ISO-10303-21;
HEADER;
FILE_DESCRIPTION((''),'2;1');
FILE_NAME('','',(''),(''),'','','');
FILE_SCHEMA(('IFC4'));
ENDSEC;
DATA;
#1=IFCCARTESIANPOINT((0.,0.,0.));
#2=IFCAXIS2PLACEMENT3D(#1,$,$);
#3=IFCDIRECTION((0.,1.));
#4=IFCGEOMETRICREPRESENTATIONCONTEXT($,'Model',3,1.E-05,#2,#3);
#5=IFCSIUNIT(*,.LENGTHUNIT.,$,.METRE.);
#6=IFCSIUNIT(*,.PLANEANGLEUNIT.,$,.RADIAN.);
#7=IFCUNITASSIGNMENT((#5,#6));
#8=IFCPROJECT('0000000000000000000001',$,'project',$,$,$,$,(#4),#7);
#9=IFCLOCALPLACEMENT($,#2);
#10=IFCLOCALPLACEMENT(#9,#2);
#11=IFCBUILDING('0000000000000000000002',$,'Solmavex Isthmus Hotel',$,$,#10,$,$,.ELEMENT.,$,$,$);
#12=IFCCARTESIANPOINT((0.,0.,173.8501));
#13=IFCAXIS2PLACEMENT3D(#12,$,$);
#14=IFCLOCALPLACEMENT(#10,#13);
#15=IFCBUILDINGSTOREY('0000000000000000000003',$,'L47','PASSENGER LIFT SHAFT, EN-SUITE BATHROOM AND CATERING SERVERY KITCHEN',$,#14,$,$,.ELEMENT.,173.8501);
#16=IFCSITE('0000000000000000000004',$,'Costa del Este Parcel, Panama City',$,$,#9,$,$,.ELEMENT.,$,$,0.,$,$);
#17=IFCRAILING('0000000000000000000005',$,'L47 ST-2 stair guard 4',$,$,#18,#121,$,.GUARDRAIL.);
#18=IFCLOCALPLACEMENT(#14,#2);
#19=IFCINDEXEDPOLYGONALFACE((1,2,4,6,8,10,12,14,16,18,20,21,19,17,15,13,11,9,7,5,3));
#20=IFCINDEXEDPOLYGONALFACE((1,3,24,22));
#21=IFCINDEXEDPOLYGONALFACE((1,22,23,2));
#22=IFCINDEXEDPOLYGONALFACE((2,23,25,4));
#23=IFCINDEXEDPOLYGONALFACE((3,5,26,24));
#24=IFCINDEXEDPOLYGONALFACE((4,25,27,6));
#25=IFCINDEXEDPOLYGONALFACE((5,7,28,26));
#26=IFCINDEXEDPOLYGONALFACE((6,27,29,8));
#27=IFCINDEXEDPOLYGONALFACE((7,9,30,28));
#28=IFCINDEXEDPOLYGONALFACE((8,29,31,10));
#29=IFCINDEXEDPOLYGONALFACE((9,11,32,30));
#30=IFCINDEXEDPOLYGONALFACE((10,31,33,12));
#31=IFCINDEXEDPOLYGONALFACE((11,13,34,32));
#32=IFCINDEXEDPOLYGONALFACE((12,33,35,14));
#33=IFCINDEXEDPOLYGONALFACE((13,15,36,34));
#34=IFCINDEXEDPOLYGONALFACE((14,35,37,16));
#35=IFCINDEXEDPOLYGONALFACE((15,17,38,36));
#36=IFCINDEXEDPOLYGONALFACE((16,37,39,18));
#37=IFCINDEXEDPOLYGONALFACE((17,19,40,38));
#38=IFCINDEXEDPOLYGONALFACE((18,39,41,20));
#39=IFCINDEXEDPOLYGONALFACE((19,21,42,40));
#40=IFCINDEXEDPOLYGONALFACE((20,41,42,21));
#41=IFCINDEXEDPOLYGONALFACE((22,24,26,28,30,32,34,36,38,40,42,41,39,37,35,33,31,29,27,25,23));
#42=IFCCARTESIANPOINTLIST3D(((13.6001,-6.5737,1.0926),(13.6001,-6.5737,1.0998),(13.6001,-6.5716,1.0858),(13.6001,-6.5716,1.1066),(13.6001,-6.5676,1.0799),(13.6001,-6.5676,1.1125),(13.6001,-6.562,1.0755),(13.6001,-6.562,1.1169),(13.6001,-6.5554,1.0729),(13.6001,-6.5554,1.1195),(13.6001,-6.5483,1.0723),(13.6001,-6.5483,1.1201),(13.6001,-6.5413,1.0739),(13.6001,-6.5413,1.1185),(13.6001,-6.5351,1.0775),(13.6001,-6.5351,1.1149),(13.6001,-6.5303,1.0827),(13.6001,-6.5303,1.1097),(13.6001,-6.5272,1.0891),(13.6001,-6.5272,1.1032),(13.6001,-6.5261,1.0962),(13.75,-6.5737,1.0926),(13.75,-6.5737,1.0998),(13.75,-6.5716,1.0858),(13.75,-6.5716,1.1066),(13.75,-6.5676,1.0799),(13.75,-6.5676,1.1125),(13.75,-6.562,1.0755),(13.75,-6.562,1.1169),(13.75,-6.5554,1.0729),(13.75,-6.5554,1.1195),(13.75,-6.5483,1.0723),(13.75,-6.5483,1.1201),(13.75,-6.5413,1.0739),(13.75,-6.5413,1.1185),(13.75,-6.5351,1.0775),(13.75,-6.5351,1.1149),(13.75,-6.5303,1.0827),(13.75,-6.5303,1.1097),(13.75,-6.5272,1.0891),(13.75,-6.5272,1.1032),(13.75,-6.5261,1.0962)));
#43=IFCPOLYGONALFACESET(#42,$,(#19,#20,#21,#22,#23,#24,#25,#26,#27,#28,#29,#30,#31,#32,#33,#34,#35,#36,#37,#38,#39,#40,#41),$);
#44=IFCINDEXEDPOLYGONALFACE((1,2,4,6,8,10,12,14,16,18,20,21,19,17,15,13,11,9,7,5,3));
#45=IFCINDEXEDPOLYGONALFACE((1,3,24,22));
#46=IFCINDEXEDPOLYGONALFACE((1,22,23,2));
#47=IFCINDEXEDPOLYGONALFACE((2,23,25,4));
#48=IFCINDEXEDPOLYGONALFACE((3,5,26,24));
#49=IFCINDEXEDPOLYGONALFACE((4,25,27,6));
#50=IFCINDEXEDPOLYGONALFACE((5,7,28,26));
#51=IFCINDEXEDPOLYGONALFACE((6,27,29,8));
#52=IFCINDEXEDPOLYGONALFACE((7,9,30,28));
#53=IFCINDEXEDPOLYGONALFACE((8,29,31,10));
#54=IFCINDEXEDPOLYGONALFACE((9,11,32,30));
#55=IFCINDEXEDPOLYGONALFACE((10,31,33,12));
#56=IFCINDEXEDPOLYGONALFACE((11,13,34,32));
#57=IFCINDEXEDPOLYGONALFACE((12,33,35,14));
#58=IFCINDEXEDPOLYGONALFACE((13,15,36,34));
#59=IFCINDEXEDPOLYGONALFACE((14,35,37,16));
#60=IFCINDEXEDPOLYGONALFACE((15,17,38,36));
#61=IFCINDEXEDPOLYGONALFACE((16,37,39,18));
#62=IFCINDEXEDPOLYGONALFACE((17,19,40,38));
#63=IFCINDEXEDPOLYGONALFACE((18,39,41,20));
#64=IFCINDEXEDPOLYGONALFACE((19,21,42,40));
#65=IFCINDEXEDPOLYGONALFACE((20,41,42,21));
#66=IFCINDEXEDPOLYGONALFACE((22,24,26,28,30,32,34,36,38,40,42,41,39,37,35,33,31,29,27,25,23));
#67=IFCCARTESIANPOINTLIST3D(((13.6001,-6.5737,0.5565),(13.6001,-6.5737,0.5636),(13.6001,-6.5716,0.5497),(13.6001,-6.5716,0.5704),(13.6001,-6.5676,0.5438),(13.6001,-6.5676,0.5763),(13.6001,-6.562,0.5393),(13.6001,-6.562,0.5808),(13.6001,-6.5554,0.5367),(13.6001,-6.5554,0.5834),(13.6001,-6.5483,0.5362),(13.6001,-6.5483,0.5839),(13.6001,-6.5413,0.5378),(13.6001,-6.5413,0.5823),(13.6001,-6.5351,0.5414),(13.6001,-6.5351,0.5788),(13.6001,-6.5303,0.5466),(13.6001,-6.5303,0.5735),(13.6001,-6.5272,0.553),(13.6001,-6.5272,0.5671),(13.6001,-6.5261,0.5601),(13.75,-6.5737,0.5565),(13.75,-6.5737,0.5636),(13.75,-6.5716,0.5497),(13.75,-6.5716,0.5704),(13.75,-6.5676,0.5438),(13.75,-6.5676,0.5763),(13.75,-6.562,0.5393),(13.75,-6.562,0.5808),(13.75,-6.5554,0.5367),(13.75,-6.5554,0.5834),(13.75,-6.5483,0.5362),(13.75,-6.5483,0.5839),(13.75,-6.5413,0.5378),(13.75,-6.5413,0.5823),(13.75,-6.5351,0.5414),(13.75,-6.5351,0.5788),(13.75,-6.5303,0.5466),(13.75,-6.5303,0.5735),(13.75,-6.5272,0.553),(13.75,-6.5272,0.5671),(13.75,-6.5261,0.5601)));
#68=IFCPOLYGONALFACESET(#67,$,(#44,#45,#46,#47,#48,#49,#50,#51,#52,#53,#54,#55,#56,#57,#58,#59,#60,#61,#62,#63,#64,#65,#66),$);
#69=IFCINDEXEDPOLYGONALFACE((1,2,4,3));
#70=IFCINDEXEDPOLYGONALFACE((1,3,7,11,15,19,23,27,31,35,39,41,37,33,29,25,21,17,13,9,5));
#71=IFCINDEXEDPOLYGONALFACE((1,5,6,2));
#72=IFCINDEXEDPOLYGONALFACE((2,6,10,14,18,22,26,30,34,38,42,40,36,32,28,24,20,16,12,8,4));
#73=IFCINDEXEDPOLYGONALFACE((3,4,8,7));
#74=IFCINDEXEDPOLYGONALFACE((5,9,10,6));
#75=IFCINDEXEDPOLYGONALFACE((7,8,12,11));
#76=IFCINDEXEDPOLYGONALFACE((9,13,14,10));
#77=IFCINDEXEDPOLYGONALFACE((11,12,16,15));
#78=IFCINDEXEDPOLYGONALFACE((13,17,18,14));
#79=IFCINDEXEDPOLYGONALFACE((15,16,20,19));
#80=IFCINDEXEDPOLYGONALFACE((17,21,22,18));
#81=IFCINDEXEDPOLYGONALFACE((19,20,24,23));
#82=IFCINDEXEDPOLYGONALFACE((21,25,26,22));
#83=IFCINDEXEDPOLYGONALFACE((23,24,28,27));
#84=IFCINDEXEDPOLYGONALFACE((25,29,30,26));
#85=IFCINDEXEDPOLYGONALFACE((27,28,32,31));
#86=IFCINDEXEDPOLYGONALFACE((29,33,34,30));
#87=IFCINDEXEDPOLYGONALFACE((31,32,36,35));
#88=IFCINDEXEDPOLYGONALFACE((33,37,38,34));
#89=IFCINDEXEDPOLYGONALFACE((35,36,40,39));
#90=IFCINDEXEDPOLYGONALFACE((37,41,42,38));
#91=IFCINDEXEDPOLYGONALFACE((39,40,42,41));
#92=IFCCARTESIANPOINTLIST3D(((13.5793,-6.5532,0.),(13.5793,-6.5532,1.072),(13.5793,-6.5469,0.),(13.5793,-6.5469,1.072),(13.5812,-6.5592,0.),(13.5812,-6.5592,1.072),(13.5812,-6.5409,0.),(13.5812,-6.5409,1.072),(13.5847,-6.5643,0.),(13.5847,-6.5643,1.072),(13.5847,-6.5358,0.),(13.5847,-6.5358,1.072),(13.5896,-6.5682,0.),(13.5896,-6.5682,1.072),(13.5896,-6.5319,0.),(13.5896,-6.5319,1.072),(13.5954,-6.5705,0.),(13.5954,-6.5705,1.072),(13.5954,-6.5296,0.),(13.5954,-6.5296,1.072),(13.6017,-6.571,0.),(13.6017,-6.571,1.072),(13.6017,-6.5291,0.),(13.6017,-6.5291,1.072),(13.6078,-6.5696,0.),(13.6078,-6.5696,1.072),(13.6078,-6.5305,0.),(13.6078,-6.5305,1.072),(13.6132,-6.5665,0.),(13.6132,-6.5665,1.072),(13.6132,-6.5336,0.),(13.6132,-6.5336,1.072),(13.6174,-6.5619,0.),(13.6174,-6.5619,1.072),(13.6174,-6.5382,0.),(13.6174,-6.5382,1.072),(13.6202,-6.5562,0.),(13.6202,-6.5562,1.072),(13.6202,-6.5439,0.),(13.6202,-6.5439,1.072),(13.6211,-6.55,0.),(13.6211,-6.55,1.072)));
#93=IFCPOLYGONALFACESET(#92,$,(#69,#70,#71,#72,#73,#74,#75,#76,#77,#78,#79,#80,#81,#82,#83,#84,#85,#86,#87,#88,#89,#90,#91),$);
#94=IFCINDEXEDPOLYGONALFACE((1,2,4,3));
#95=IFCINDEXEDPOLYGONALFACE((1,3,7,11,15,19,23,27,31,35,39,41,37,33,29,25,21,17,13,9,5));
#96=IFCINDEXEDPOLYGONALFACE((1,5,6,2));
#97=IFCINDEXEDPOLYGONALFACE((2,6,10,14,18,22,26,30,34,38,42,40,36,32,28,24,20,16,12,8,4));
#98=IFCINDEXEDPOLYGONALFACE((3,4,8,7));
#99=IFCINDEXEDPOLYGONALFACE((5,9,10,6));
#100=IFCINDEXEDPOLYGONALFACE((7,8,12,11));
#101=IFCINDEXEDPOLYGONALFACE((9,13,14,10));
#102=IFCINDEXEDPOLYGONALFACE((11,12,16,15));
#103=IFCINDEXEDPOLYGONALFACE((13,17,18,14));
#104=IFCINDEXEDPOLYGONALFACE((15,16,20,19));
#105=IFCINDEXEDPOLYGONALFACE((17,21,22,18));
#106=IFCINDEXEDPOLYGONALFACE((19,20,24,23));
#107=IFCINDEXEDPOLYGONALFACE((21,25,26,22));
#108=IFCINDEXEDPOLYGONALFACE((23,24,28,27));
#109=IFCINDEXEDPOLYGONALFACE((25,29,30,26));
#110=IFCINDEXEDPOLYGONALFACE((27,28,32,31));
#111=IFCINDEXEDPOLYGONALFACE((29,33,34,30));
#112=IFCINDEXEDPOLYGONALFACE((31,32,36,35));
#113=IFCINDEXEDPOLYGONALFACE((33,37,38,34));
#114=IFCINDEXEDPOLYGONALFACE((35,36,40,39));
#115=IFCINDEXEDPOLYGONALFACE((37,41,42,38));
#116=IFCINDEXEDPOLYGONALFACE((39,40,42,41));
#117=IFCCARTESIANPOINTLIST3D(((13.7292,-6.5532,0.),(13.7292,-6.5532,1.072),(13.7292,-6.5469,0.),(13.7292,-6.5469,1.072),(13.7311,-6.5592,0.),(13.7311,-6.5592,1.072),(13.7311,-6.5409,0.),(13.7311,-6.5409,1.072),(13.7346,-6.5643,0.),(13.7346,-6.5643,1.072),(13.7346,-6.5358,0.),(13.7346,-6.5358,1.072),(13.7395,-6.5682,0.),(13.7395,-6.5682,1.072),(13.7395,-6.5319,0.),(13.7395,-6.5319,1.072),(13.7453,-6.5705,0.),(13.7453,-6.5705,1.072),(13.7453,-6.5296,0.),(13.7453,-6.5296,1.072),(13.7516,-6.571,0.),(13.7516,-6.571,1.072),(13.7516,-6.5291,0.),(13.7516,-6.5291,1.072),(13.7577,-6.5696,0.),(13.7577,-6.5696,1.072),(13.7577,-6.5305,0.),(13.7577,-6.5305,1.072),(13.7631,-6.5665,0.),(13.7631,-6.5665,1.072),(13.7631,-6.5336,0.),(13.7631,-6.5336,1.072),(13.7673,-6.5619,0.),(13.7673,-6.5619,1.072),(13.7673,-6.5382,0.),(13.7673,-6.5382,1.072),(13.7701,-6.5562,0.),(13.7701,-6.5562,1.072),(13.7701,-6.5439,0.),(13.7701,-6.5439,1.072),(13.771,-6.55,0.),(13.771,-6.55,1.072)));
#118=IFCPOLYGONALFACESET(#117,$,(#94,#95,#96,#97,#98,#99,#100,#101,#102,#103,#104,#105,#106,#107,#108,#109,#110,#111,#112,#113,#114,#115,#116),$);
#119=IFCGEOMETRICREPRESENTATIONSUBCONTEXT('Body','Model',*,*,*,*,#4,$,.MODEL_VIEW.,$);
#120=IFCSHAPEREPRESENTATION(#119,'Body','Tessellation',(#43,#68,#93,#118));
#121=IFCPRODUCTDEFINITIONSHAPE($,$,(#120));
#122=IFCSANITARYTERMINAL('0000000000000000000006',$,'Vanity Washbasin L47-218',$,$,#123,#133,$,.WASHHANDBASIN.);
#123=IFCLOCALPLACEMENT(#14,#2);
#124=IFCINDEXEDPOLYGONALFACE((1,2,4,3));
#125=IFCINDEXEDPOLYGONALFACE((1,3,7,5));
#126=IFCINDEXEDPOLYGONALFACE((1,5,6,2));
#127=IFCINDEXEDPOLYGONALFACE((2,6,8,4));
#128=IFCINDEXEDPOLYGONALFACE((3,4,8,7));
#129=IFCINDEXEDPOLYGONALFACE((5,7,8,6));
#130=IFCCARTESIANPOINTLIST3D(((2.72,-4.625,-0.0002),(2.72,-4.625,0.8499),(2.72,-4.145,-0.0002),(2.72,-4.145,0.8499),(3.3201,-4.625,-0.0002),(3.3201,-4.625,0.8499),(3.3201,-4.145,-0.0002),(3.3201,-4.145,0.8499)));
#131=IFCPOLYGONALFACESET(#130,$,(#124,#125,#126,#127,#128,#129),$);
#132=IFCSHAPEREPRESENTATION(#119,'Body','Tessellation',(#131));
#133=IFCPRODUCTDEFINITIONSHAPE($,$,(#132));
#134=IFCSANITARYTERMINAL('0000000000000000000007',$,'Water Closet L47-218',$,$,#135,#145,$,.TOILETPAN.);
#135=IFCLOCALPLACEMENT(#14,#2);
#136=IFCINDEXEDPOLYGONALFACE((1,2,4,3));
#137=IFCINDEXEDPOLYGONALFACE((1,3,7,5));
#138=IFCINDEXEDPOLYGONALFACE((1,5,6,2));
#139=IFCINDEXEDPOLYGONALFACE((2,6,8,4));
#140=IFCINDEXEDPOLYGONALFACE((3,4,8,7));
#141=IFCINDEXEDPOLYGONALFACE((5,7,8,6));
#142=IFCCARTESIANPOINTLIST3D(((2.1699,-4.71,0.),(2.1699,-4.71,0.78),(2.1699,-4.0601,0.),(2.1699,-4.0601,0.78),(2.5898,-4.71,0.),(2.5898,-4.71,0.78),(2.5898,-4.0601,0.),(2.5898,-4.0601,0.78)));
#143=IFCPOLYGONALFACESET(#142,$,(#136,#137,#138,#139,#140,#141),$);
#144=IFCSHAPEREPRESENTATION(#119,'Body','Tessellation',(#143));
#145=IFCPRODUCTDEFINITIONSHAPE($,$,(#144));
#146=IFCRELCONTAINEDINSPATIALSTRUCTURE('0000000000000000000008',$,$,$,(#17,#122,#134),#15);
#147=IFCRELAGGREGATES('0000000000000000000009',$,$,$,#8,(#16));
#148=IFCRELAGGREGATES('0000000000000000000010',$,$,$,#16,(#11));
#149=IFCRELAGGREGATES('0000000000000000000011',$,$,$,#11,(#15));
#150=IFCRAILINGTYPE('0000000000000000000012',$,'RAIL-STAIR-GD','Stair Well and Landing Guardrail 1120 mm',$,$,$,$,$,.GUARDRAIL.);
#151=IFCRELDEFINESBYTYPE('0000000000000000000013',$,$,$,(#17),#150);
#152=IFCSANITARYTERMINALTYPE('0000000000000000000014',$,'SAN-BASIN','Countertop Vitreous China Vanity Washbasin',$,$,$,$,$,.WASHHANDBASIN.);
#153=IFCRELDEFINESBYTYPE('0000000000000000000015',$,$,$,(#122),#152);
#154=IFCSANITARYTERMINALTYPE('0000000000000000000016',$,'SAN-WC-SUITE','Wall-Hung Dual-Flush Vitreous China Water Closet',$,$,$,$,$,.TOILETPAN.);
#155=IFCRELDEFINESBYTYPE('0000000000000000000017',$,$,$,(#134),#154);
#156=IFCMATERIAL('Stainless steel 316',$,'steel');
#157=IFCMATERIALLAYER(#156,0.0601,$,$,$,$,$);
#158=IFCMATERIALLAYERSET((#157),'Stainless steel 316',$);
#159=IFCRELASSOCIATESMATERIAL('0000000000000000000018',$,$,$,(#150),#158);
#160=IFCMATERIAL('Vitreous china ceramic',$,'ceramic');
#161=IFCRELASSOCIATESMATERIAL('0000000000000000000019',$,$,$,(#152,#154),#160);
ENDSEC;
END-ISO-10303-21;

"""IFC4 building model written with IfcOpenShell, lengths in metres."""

from ifc_helpers import new_model, si_unit, direction, frame, origin, origin_2d, place, context, subcontext, project, spatial, rectangle, circle, extrude, material, layer, layer_set, type_object, element, save


model = new_model("IFC4")

# Units and contexts
model_context = context("Model", 3, precision=1e-05, world=origin(), true_north=direction((0.0, 1.0)))
body_context = subcontext(model_context, "Body", "Model", "MODEL_VIEW")
ifc_project = project(units=[si_unit("LENGTHUNIT", "METRE"), si_unit("PLANEANGLEUNIT", "RADIAN")], contexts=[model_context])

# Site, building, storey
site_placement = place(None, origin())
site = spatial("IfcSite", under=ifc_project, at=site_placement, Name="Costa del Este Parcel, Panama City", CompositionType="ELEMENT", RefElevation=0.0)
building_placement = place(site_placement, origin())
building = spatial("IfcBuilding", under=site, at=building_placement, Name="Solmavex Isthmus Hotel", CompositionType="ELEMENT")
storey_placement = place(building_placement, frame((0.0, 0.0, 173.8501)))
storey = spatial("IfcBuildingStorey", under=building, at=storey_placement, Name="L47", Description="PASSENGER LIFT SHAFT, EN-SUITE BATHROOM AND CATERING SERVERY KITCHEN", CompositionType="ELEMENT", Elevation=173.8501)

# Shared definitions
ifc_material_1 = material(Name="Stainless steel 316", Category="steel")

# Railing
ifc_layer_1 = layer(ifc_material_1, 0.0601)
ifc_layer_set_1 = layer_set([ifc_layer_1], Name="Stainless steel 316")
railing_type_1 = type_object("IfcRailingType", Name="RAIL-STAIR-GD", Description="Stair Well and Landing Guardrail 1120 mm", PredefinedType="GUARDRAIL", material=ifc_layer_set_1)
railing_1_placement = place(storey_placement, frame((13.6001, -6.55, 0.0)))
element("IfcRailing", 1, at=railing_1_placement, inside=storey, type_object=railing_type_1, Name="L47 ST-2 stair guard 4", PredefinedType="GUARDRAIL", context=body_context, shape_type="SweptSolid", body=[
    extrude(circle(Radius=0.0239, at=origin_2d()), frame((0.0, 0.0, 1.0962), z_axis=(1.0, 0.0, 0.0), x_axis=(0.0, 1.0, 0.0)), (0.0, 0.0, 1.0), 0.1499),
    extrude(circle(Radius=0.0239, at=origin_2d()), frame((0.0, 0.0, 0.5601), z_axis=(1.0, 0.0, 0.0), x_axis=(0.0, 1.0, 0.0)), (0.0, 0.0, 1.0), 0.1499),
    extrude(circle(Radius=0.021, at=origin_2d()), origin(), (0.0, 0.0, 1.0), 1.072),
    extrude(circle(Radius=0.021, at=origin_2d()), frame((0.1499, 0.0, 0.0)), (0.0, 0.0, 1.0), 1.072),
])

# Sanitary terminals
ifc_material_2 = material(Name="Vitreous china ceramic", Category="ceramic")
sanitary_terminal_type_1 = type_object("IfcSanitaryTerminalType", Name="SAN-BASIN", Description="Countertop Vitreous China Vanity Washbasin", PredefinedType="WASHHANDBASIN", material=ifc_material_2)
sanitary_terminal_1_placement = place(storey_placement, frame((3.02, -4.385, -0.0002), z_axis=(0.0, 0.0, 1.0), x_axis=(1.0, 0.0, 0.0)))
element("IfcSanitaryTerminal", 2, at=sanitary_terminal_1_placement, inside=storey, type_object=sanitary_terminal_type_1, Name="Vanity Washbasin L47-218", PredefinedType="WASHHANDBASIN", context=body_context, shape_type="SweptSolid", body=[
    extrude(rectangle(XDim=0.6001, YDim=0.48, at=origin_2d()), origin(), (0.0, 0.0, 1.0), 0.8501),
])
sanitary_terminal_type_2 = type_object("IfcSanitaryTerminalType", Name="SAN-WC-SUITE", Description="Wall-Hung Dual-Flush Vitreous China Water Closet", PredefinedType="TOILETPAN", material=ifc_material_2)
sanitary_terminal_2_placement = place(storey_placement, frame((2.3799, -4.385, 0.0), z_axis=(0.0, 0.0, 1.0), x_axis=(1.0, 0.0, 0.0)))
element("IfcSanitaryTerminal", 3, at=sanitary_terminal_2_placement, inside=storey, type_object=sanitary_terminal_type_2, Name="Water Closet L47-218", PredefinedType="TOILETPAN", context=body_context, shape_type="SweptSolid", body=[
    extrude(rectangle(XDim=0.4199, YDim=0.6499, at=origin_2d()), origin(), (0.0, 0.0, 1.0), 0.78),
])

save(model, "model.ifc")
